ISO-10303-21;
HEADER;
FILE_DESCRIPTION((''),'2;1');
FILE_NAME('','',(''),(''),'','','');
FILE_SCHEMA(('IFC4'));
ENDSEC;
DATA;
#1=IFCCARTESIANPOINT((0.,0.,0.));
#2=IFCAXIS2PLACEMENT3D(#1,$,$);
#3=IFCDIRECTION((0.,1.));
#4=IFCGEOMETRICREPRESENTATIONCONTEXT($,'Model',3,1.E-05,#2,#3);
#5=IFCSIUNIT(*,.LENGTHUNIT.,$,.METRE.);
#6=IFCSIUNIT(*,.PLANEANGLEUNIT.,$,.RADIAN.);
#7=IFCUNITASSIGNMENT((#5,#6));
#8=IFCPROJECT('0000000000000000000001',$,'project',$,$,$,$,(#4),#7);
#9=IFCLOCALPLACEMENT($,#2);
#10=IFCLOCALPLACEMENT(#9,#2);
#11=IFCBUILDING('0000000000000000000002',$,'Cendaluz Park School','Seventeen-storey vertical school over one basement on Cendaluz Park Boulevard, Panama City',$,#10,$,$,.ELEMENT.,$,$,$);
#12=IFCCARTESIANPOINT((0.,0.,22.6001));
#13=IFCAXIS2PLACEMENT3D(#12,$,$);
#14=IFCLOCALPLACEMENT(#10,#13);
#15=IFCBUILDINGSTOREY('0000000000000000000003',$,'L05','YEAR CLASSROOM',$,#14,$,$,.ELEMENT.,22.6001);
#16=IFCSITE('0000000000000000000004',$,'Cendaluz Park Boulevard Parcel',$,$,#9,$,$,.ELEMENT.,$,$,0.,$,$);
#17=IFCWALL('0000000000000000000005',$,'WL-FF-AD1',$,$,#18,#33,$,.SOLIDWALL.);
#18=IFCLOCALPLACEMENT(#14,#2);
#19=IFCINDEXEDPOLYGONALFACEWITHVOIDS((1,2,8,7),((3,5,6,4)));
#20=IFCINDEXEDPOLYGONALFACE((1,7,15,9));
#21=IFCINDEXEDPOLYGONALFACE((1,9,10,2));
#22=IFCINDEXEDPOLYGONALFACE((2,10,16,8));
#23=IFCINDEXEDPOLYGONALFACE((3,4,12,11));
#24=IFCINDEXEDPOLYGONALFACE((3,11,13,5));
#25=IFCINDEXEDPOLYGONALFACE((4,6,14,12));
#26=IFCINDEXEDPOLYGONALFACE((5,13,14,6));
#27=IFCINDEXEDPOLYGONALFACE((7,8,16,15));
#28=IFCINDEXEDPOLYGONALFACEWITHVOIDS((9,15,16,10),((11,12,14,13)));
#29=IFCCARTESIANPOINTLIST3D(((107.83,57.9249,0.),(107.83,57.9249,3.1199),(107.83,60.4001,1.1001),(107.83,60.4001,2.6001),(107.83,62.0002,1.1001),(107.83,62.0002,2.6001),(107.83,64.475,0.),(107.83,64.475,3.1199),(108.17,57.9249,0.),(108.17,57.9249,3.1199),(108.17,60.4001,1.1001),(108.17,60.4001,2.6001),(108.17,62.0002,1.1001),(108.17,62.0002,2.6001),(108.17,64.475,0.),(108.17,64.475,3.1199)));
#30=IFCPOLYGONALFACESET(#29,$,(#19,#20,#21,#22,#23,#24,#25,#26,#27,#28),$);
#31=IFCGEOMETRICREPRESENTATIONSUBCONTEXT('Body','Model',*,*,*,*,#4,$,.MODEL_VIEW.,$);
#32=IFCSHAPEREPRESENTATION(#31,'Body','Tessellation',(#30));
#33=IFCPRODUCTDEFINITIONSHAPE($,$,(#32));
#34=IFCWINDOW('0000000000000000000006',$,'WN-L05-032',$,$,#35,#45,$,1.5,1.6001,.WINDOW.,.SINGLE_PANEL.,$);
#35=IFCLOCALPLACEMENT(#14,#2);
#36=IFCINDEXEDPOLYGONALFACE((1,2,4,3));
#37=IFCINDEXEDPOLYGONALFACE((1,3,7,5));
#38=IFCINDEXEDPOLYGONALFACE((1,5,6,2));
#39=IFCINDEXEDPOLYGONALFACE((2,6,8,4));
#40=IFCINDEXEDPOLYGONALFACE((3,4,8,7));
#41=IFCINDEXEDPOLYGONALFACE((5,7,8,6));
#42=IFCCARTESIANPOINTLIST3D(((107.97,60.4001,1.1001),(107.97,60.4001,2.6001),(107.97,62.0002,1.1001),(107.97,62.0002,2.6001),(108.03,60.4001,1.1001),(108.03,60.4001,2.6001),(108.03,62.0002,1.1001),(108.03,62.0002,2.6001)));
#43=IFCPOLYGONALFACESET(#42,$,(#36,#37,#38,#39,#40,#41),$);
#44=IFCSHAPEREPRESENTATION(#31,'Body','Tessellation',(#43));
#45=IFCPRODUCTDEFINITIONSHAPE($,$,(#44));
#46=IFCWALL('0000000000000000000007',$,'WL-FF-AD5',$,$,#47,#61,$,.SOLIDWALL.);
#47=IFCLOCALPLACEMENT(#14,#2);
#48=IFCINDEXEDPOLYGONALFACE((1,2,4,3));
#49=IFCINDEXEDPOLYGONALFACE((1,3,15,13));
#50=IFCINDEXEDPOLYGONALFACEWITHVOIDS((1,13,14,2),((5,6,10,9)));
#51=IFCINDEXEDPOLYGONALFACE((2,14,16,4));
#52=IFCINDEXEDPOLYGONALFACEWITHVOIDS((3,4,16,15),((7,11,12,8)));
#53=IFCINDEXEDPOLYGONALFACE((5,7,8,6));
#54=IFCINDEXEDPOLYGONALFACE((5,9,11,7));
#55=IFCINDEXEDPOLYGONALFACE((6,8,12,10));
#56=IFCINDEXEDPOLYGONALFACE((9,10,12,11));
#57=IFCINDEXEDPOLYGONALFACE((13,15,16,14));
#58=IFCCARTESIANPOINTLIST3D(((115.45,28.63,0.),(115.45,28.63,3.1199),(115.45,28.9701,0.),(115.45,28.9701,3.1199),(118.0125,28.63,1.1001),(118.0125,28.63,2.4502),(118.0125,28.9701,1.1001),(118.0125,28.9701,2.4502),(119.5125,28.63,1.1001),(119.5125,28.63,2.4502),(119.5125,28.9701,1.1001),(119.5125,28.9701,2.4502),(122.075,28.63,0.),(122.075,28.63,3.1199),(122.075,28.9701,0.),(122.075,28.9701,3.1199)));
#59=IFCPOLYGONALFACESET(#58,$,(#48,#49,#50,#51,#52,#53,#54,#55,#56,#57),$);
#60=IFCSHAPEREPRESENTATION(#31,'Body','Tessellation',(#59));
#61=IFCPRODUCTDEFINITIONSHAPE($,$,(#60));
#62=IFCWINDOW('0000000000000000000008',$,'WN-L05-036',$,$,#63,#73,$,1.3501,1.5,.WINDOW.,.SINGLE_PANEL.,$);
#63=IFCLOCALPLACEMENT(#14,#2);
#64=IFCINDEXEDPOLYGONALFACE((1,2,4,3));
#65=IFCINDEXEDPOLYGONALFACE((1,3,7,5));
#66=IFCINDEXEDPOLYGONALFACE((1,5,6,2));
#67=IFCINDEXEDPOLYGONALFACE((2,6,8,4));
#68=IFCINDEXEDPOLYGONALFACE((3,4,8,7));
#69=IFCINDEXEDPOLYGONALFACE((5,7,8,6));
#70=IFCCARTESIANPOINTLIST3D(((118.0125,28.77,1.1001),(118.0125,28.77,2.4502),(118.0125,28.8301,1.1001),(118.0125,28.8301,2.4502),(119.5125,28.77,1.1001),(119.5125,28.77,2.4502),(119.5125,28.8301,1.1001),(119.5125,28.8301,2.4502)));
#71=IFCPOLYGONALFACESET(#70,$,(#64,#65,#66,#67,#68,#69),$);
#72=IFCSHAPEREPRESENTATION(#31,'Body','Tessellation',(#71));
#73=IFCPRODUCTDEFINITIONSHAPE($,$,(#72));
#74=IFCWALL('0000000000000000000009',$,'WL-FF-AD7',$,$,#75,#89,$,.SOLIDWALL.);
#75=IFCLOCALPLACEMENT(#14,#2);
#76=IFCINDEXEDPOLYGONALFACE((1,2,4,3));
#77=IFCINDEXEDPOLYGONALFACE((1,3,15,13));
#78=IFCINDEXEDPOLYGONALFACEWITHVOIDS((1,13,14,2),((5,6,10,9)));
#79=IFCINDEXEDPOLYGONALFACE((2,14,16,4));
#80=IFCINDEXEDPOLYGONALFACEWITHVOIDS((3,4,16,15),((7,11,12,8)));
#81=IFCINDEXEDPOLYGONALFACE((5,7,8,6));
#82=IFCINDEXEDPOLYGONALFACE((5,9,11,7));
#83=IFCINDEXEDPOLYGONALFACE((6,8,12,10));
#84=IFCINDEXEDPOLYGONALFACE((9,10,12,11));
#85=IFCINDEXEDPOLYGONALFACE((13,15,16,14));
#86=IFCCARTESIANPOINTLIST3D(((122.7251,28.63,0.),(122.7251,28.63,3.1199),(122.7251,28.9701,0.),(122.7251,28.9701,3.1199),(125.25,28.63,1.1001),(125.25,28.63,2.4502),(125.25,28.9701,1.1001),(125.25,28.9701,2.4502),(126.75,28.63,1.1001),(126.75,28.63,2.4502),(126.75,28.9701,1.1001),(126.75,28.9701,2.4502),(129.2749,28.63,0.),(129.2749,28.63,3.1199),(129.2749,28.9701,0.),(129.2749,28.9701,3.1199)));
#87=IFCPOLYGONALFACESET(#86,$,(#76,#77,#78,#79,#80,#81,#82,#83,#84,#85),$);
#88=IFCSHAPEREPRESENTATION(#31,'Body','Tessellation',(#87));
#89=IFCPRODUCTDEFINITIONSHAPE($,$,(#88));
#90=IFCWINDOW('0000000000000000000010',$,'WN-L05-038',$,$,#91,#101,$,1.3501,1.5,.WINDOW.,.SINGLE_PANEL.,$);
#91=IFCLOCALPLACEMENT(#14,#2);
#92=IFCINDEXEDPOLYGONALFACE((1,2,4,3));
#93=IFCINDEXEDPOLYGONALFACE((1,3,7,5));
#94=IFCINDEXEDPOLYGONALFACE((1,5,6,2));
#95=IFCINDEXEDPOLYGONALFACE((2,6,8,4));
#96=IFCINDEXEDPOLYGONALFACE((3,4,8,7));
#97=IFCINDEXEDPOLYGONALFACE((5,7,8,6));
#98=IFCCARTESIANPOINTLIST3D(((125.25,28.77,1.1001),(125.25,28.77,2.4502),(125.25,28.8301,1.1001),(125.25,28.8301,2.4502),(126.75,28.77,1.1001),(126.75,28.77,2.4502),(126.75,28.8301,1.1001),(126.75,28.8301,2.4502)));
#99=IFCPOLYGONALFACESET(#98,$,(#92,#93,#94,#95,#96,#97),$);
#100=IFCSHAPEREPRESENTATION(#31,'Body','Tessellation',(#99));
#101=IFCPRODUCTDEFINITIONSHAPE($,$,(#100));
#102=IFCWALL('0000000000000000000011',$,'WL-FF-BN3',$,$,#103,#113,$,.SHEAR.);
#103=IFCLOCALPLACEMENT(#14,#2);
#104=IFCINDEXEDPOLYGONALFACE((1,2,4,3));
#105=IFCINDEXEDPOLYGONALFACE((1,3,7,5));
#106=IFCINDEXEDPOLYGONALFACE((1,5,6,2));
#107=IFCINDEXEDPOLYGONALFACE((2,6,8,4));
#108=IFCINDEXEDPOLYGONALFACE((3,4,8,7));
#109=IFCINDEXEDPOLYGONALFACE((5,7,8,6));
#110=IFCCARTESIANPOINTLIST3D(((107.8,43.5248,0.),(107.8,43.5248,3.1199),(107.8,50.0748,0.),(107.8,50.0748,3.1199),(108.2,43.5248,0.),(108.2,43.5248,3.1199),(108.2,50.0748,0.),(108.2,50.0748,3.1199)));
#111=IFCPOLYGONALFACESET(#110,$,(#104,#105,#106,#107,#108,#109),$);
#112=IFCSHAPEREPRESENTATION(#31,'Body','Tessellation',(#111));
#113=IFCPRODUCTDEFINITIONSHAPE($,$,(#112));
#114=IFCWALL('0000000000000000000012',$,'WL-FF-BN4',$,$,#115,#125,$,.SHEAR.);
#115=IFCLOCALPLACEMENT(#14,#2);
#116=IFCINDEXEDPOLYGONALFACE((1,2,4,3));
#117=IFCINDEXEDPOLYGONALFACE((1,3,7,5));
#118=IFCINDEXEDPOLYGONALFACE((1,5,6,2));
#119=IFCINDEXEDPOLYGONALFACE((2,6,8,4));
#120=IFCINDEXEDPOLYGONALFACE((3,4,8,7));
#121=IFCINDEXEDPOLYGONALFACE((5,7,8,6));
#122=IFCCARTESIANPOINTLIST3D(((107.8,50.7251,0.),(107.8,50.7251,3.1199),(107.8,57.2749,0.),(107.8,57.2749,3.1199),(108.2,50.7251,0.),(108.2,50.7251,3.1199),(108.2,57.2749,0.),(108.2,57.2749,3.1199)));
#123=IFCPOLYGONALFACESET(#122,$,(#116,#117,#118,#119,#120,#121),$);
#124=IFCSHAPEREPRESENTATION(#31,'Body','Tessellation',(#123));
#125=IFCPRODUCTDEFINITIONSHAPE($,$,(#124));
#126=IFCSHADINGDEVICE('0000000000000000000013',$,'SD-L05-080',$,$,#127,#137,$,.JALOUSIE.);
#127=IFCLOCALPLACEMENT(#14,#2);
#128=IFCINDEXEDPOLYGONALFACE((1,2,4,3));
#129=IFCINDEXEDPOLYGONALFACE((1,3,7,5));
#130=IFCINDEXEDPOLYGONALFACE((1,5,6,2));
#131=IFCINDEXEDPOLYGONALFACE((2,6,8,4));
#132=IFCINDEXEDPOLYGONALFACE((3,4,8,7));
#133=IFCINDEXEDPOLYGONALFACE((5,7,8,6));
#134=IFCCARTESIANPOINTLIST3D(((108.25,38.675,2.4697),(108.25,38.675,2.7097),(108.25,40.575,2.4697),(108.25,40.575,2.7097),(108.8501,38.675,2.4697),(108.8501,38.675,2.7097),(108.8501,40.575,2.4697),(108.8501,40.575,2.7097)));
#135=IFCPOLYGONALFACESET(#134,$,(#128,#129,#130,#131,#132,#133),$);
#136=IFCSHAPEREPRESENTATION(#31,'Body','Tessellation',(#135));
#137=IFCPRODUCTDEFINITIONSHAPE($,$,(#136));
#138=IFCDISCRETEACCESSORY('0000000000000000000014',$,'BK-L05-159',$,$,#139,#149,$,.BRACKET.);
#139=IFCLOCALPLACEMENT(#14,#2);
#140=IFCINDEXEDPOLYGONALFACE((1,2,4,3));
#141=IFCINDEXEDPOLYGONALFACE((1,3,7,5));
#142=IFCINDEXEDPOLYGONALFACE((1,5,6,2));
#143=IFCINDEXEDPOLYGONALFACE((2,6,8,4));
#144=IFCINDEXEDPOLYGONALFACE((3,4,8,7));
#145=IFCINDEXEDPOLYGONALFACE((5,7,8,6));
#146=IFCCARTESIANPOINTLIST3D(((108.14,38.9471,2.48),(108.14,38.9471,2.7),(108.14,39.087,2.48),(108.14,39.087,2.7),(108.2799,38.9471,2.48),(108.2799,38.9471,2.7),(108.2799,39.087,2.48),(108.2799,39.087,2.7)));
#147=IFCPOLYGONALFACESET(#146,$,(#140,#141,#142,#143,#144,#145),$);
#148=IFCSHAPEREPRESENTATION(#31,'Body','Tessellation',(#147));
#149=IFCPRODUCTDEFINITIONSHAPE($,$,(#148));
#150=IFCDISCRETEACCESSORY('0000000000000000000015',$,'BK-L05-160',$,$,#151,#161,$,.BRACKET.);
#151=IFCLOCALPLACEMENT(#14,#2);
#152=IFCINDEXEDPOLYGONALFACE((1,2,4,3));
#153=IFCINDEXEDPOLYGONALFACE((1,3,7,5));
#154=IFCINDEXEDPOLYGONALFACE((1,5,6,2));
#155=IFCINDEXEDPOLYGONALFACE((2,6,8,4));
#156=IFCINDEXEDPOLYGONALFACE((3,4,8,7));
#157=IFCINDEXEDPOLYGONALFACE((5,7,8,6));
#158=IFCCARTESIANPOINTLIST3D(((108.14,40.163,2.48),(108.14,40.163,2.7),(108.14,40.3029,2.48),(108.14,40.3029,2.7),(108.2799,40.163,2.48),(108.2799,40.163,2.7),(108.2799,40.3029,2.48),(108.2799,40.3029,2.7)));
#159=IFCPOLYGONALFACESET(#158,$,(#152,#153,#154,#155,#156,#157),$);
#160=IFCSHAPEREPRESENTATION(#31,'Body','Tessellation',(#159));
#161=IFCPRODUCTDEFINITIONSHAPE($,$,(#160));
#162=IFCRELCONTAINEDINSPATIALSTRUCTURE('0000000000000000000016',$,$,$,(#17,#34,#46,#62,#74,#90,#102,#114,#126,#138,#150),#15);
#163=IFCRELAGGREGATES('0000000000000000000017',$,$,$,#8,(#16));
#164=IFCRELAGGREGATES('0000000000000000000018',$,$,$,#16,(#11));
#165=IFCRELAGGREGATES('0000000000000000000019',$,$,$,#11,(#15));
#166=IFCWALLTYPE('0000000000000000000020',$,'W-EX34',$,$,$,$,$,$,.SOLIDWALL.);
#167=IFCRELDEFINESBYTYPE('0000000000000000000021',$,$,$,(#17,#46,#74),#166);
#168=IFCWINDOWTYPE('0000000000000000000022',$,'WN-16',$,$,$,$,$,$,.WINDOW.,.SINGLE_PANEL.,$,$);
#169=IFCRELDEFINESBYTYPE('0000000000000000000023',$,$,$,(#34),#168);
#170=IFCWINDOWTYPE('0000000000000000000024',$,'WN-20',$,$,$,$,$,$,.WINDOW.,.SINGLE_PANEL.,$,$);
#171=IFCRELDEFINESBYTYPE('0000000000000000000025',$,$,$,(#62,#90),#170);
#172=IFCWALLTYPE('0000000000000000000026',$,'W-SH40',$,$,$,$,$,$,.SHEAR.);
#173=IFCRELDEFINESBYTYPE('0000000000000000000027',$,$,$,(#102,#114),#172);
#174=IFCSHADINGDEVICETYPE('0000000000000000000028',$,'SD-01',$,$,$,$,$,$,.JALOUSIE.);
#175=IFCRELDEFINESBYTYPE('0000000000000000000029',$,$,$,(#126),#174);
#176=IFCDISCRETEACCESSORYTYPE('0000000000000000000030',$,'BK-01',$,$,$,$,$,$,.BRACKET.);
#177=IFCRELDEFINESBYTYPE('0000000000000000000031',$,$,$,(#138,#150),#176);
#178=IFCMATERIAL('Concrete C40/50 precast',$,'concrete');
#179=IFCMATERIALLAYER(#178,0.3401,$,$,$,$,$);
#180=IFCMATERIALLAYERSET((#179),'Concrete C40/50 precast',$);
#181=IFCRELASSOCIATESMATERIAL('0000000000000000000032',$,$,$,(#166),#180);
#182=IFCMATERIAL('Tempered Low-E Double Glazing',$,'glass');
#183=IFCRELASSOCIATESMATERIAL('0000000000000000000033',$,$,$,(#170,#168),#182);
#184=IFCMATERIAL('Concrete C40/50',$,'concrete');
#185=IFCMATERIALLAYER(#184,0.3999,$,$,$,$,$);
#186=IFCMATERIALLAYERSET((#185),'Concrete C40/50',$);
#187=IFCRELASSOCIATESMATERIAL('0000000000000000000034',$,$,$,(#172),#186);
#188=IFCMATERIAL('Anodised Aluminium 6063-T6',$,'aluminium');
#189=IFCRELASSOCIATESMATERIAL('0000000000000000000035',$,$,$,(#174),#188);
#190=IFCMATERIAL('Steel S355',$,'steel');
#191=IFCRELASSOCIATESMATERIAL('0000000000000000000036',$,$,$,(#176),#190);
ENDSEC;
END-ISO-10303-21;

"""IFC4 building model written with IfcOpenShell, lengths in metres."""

from ifc_helpers import new_model, si_unit, direction, frame, frame_2d, origin, origin_2d, place, context, subcontext, project, spatial, rectangle, extrude, material, layer, layer_set, type_object, element, fill, save


model = new_model("IFC4")

# Units and contexts
model_context = context("Model", 3, precision=1e-05, world=origin(), true_north=direction((0.0, 1.0)))
body_context = subcontext(model_context, "Body", "Model", "MODEL_VIEW")
ifc_project = project(units=[si_unit("LENGTHUNIT", "METRE"), si_unit("PLANEANGLEUNIT", "RADIAN")], contexts=[model_context])

# Site, building, storey
site_placement = place(None, origin())
site = spatial("IfcSite", under=ifc_project, at=site_placement, Name="Cendaluz Park Boulevard Parcel", CompositionType="ELEMENT", RefElevation=0.0)
building_placement = place(site_placement, origin())
building = spatial("IfcBuilding", under=site, at=building_placement, Name="Cendaluz Park School", Description="Seventeen-storey vertical school over one basement on Cendaluz Park Boulevard, Panama City", CompositionType="ELEMENT")
storey_placement = place(building_placement, frame((0.0, 0.0, 22.6001)))
storey = spatial("IfcBuildingStorey", under=building, at=storey_placement, Name="L05", Description="YEAR CLASSROOM", CompositionType="ELEMENT", Elevation=22.6001)

# Shared definitions
ifc_material_1 = material(Name="Concrete C40/50", Category="concrete")

# Walls, openings, windows
ifc_material_2 = material(Name="Concrete C40/50 precast", Category="concrete")
ifc_layer_1 = layer(ifc_material_2, 0.3401)
ifc_layer_set_1 = layer_set([ifc_layer_1], Name="Concrete C40/50 precast")
wall_type_1 = type_object("IfcWallType", Name="W-EX34", PredefinedType="SOLIDWALL", material=ifc_layer_set_1)
ifc_material_3 = material(Name="Tempered Low-E Double Glazing", Category="glass")
window_type_1 = type_object("IfcWindowType", Name="WN-20", PartitioningType="SINGLE_PANEL", PredefinedType="WINDOW", material=ifc_material_3)
wall_1_placement = place(storey_placement, frame((108.0, 57.925, 0.0), z_axis=(0.0, 0.0, 1.0), x_axis=(0.0, 1.0, 0.0)))
wall_1 = element("IfcWall", 1, at=wall_1_placement, inside=storey, type_object=wall_type_1, Name="WL-FF-AD1", PredefinedType="SOLIDWALL", context=body_context, shape_type="SweptSolid", body=[
    extrude(rectangle(XDim=6.55, YDim=0.3401, at=frame_2d((3.2749, 0.0))), origin(), (0.0, 0.0, 1.0), 3.1199),
])
opening_1_placement = place(wall_1_placement, frame((2.4751, 0.0, 1.1001)))
opening_1 = element("IfcOpeningElement", 2, at=opening_1_placement, cuts=wall_1, PredefinedType="OPENING", context=body_context, shape_type="SweptSolid", body=[
    extrude(rectangle(XDim=1.6001, YDim=1.5, at=frame_2d((0.8, 0.75))), frame((0.0, 0.1821, 0.0), z_axis=(0.0, -1.0, 0.0), x_axis=(1.0, 0.0, 0.0)), (0.0, 0.0, 1.0), 0.364),
])
window_type_2 = type_object("IfcWindowType", Name="WN-16", PartitioningType="SINGLE_PANEL", PredefinedType="WINDOW", material=ifc_material_3)
window_1_placement = place(opening_1_placement, origin())
window_1 = element("IfcWindow", 3, at=window_1_placement, inside=storey, type_object=window_type_2, Name="WN-L05-032", OverallHeight=1.5, OverallWidth=1.6001, PartitioningType="SINGLE_PANEL", PredefinedType="WINDOW", context=body_context, shape_type="SweptSolid", body=[
    extrude(rectangle(XDim=1.6001, YDim=1.5, at=frame_2d((0.8, 0.75))), frame((0.0, 0.03, 0.0), z_axis=(0.0, -1.0, 0.0), x_axis=(1.0, 0.0, 0.0)), (0.0, 0.0, 1.0), 0.0601),
])
fill(opening_1, window_1)
wall_2_placement = place(storey_placement, frame((115.45, 28.8, 0.0), z_axis=(0.0, 0.0, 1.0), x_axis=(1.0, 0.0, 0.0)))
wall_2 = element("IfcWall", 4, at=wall_2_placement, inside=storey, type_object=wall_type_1, Name="WL-FF-AD5", PredefinedType="SOLIDWALL", context=body_context, shape_type="SweptSolid", body=[
    extrude(rectangle(XDim=6.625, YDim=0.3401, at=frame_2d((3.3125, 0.0))), origin(), (0.0, 0.0, 1.0), 3.1199),
])
opening_2_placement = place(wall_2_placement, frame((2.5625, 0.0, 1.1001)))
opening_2 = element("IfcOpeningElement", 5, at=opening_2_placement, cuts=wall_2, PredefinedType="OPENING", context=body_context, shape_type="SweptSolid", body=[
    extrude(rectangle(XDim=1.5, YDim=1.3501, at=frame_2d((0.75, 0.675))), frame((0.0, 0.1821, 0.0), z_axis=(0.0, -1.0, 0.0), x_axis=(1.0, 0.0, 0.0)), (0.0, 0.0, 1.0), 0.364),
])
window_2_placement = place(opening_2_placement, origin())
window_2 = element("IfcWindow", 6, at=window_2_placement, inside=storey, type_object=window_type_1, Name="WN-L05-036", OverallHeight=1.3501, OverallWidth=1.5, PartitioningType="SINGLE_PANEL", PredefinedType="WINDOW", context=body_context, shape_type="SweptSolid", body=[
    extrude(rectangle(XDim=1.5, YDim=1.3501, at=frame_2d((0.75, 0.675))), frame((0.0, 0.03, 0.0), z_axis=(0.0, -1.0, 0.0), x_axis=(1.0, 0.0, 0.0)), (0.0, 0.0, 1.0), 0.0601),
])
fill(opening_2, window_2)
wall_3_placement = place(storey_placement, frame((122.7251, 28.8, 0.0), z_axis=(0.0, 0.0, 1.0), x_axis=(1.0, 0.0, 0.0)))
wall_3 = element("IfcWall", 7, at=wall_3_placement, inside=storey, type_object=wall_type_1, Name="WL-FF-AD7", PredefinedType="SOLIDWALL", context=body_context, shape_type="SweptSolid", body=[
    extrude(rectangle(XDim=6.5498, YDim=0.3401, at=frame_2d((3.2749, 0.0))), origin(), (0.0, 0.0, 1.0), 3.1199),
])
opening_3_placement = place(wall_3_placement, frame((2.5249, 0.0, 1.1001)))
opening_3 = element("IfcOpeningElement", 8, at=opening_3_placement, cuts=wall_3, PredefinedType="OPENING", context=body_context, shape_type="SweptSolid", body=[
    extrude(rectangle(XDim=1.5, YDim=1.3501, at=frame_2d((0.75, 0.675))), frame((0.0, 0.1821, 0.0), z_axis=(0.0, -1.0, 0.0), x_axis=(1.0, 0.0, 0.0)), (0.0, 0.0, 1.0), 0.364),
])
window_3_placement = place(opening_3_placement, origin())
window_3 = element("IfcWindow", 9, at=window_3_placement, inside=storey, type_object=window_type_1, Name="WN-L05-038", OverallHeight=1.3501, OverallWidth=1.5, PartitioningType="SINGLE_PANEL", PredefinedType="WINDOW", context=body_context, shape_type="SweptSolid", body=[
    extrude(rectangle(XDim=1.5, YDim=1.3501, at=frame_2d((0.75, 0.675))), frame((0.0, 0.03, 0.0), z_axis=(0.0, -1.0, 0.0), x_axis=(1.0, 0.0, 0.0)), (0.0, 0.0, 1.0), 0.0601),
])
fill(opening_3, window_3)

# Walls
ifc_layer_2 = layer(ifc_material_1, 0.3999)
ifc_layer_set_2 = layer_set([ifc_layer_2], Name="Concrete C40/50")
wall_type_2 = type_object("IfcWallType", Name="W-SH40", PredefinedType="SHEAR", material=ifc_layer_set_2)
wall_4_placement = place(storey_placement, frame((108.0, 43.5249, 0.0), z_axis=(0.0, 0.0, 1.0), x_axis=(0.0, 1.0, 0.0)))
element("IfcWall", 10, at=wall_4_placement, inside=storey, type_object=wall_type_2, Name="WL-FF-BN3", PredefinedType="SHEAR", context=body_context, shape_type="SweptSolid", body=[
    extrude(rectangle(XDim=6.55, YDim=0.3999, at=frame_2d((3.2749, 0.0))), origin(), (0.0, 0.0, 1.0), 3.1199),
])
wall_5_placement = place(storey_placement, frame((108.0, 50.7251, 0.0), z_axis=(0.0, 0.0, 1.0), x_axis=(0.0, 1.0, 0.0)))
element("IfcWall", 11, at=wall_5_placement, inside=storey, type_object=wall_type_2, Name="WL-FF-BN4", PredefinedType="SHEAR", context=body_context, shape_type="SweptSolid", body=[
    extrude(rectangle(XDim=6.5498, YDim=0.3999, at=frame_2d((3.2749, 0.0))), origin(), (0.0, 0.0, 1.0), 3.1199),
])

# Shading device
ifc_material_4 = material(Name="Anodised Aluminium 6063-T6", Category="aluminium")
shading_device_type = type_object("IfcShadingDeviceType", Name="SD-01", PredefinedType="JALOUSIE", material=ifc_material_4)
shading_device_placement = place(storey_placement, frame((108.55, 39.625, 2.4697), z_axis=(0.0, 0.0, 1.0), x_axis=(0.0, 1.0, 0.0)))
element("IfcShadingDevice", 12, at=shading_device_placement, inside=storey, type_object=shading_device_type, Name="SD-L05-080", PredefinedType="JALOUSIE", context=body_context, shape_type="SweptSolid", body=[
    extrude(rectangle(XDim=1.8999, YDim=0.6001, at=origin_2d()), origin(), (0.0, 0.0, 1.0), 0.24),
])

# Discrete accessories
ifc_material_5 = material(Name="Steel S355", Category="steel")
discrete_accessory_type = type_object("IfcDiscreteAccessoryType", Name="BK-01", PredefinedType="BRACKET", material=ifc_material_5)
for number, where, z_axis, x_axis, name in (
    (13, (108.21, 39.0171, 2.48), (0.0, 0.0, 1.0), (0.0, 1.0, 0.0), "BK-L05-159"),
    (14, (108.21, 40.2329, 2.48), (0.0, 0.0, 1.0), (0.0, 1.0, 0.0), "BK-L05-160"),
):
    element("IfcDiscreteAccessory", number, at=place(storey_placement, frame(where, z_axis=z_axis, x_axis=x_axis)), inside=storey, type_object=discrete_accessory_type, Name=name, PredefinedType="BRACKET", context=body_context, shape_type="SweptSolid", body=[
        extrude(rectangle(XDim=0.1399, YDim=0.1399, at=origin_2d()), origin(), (0.0, 0.0, 1.0), 0.22),
    ])

save(model, "model.ifc")
